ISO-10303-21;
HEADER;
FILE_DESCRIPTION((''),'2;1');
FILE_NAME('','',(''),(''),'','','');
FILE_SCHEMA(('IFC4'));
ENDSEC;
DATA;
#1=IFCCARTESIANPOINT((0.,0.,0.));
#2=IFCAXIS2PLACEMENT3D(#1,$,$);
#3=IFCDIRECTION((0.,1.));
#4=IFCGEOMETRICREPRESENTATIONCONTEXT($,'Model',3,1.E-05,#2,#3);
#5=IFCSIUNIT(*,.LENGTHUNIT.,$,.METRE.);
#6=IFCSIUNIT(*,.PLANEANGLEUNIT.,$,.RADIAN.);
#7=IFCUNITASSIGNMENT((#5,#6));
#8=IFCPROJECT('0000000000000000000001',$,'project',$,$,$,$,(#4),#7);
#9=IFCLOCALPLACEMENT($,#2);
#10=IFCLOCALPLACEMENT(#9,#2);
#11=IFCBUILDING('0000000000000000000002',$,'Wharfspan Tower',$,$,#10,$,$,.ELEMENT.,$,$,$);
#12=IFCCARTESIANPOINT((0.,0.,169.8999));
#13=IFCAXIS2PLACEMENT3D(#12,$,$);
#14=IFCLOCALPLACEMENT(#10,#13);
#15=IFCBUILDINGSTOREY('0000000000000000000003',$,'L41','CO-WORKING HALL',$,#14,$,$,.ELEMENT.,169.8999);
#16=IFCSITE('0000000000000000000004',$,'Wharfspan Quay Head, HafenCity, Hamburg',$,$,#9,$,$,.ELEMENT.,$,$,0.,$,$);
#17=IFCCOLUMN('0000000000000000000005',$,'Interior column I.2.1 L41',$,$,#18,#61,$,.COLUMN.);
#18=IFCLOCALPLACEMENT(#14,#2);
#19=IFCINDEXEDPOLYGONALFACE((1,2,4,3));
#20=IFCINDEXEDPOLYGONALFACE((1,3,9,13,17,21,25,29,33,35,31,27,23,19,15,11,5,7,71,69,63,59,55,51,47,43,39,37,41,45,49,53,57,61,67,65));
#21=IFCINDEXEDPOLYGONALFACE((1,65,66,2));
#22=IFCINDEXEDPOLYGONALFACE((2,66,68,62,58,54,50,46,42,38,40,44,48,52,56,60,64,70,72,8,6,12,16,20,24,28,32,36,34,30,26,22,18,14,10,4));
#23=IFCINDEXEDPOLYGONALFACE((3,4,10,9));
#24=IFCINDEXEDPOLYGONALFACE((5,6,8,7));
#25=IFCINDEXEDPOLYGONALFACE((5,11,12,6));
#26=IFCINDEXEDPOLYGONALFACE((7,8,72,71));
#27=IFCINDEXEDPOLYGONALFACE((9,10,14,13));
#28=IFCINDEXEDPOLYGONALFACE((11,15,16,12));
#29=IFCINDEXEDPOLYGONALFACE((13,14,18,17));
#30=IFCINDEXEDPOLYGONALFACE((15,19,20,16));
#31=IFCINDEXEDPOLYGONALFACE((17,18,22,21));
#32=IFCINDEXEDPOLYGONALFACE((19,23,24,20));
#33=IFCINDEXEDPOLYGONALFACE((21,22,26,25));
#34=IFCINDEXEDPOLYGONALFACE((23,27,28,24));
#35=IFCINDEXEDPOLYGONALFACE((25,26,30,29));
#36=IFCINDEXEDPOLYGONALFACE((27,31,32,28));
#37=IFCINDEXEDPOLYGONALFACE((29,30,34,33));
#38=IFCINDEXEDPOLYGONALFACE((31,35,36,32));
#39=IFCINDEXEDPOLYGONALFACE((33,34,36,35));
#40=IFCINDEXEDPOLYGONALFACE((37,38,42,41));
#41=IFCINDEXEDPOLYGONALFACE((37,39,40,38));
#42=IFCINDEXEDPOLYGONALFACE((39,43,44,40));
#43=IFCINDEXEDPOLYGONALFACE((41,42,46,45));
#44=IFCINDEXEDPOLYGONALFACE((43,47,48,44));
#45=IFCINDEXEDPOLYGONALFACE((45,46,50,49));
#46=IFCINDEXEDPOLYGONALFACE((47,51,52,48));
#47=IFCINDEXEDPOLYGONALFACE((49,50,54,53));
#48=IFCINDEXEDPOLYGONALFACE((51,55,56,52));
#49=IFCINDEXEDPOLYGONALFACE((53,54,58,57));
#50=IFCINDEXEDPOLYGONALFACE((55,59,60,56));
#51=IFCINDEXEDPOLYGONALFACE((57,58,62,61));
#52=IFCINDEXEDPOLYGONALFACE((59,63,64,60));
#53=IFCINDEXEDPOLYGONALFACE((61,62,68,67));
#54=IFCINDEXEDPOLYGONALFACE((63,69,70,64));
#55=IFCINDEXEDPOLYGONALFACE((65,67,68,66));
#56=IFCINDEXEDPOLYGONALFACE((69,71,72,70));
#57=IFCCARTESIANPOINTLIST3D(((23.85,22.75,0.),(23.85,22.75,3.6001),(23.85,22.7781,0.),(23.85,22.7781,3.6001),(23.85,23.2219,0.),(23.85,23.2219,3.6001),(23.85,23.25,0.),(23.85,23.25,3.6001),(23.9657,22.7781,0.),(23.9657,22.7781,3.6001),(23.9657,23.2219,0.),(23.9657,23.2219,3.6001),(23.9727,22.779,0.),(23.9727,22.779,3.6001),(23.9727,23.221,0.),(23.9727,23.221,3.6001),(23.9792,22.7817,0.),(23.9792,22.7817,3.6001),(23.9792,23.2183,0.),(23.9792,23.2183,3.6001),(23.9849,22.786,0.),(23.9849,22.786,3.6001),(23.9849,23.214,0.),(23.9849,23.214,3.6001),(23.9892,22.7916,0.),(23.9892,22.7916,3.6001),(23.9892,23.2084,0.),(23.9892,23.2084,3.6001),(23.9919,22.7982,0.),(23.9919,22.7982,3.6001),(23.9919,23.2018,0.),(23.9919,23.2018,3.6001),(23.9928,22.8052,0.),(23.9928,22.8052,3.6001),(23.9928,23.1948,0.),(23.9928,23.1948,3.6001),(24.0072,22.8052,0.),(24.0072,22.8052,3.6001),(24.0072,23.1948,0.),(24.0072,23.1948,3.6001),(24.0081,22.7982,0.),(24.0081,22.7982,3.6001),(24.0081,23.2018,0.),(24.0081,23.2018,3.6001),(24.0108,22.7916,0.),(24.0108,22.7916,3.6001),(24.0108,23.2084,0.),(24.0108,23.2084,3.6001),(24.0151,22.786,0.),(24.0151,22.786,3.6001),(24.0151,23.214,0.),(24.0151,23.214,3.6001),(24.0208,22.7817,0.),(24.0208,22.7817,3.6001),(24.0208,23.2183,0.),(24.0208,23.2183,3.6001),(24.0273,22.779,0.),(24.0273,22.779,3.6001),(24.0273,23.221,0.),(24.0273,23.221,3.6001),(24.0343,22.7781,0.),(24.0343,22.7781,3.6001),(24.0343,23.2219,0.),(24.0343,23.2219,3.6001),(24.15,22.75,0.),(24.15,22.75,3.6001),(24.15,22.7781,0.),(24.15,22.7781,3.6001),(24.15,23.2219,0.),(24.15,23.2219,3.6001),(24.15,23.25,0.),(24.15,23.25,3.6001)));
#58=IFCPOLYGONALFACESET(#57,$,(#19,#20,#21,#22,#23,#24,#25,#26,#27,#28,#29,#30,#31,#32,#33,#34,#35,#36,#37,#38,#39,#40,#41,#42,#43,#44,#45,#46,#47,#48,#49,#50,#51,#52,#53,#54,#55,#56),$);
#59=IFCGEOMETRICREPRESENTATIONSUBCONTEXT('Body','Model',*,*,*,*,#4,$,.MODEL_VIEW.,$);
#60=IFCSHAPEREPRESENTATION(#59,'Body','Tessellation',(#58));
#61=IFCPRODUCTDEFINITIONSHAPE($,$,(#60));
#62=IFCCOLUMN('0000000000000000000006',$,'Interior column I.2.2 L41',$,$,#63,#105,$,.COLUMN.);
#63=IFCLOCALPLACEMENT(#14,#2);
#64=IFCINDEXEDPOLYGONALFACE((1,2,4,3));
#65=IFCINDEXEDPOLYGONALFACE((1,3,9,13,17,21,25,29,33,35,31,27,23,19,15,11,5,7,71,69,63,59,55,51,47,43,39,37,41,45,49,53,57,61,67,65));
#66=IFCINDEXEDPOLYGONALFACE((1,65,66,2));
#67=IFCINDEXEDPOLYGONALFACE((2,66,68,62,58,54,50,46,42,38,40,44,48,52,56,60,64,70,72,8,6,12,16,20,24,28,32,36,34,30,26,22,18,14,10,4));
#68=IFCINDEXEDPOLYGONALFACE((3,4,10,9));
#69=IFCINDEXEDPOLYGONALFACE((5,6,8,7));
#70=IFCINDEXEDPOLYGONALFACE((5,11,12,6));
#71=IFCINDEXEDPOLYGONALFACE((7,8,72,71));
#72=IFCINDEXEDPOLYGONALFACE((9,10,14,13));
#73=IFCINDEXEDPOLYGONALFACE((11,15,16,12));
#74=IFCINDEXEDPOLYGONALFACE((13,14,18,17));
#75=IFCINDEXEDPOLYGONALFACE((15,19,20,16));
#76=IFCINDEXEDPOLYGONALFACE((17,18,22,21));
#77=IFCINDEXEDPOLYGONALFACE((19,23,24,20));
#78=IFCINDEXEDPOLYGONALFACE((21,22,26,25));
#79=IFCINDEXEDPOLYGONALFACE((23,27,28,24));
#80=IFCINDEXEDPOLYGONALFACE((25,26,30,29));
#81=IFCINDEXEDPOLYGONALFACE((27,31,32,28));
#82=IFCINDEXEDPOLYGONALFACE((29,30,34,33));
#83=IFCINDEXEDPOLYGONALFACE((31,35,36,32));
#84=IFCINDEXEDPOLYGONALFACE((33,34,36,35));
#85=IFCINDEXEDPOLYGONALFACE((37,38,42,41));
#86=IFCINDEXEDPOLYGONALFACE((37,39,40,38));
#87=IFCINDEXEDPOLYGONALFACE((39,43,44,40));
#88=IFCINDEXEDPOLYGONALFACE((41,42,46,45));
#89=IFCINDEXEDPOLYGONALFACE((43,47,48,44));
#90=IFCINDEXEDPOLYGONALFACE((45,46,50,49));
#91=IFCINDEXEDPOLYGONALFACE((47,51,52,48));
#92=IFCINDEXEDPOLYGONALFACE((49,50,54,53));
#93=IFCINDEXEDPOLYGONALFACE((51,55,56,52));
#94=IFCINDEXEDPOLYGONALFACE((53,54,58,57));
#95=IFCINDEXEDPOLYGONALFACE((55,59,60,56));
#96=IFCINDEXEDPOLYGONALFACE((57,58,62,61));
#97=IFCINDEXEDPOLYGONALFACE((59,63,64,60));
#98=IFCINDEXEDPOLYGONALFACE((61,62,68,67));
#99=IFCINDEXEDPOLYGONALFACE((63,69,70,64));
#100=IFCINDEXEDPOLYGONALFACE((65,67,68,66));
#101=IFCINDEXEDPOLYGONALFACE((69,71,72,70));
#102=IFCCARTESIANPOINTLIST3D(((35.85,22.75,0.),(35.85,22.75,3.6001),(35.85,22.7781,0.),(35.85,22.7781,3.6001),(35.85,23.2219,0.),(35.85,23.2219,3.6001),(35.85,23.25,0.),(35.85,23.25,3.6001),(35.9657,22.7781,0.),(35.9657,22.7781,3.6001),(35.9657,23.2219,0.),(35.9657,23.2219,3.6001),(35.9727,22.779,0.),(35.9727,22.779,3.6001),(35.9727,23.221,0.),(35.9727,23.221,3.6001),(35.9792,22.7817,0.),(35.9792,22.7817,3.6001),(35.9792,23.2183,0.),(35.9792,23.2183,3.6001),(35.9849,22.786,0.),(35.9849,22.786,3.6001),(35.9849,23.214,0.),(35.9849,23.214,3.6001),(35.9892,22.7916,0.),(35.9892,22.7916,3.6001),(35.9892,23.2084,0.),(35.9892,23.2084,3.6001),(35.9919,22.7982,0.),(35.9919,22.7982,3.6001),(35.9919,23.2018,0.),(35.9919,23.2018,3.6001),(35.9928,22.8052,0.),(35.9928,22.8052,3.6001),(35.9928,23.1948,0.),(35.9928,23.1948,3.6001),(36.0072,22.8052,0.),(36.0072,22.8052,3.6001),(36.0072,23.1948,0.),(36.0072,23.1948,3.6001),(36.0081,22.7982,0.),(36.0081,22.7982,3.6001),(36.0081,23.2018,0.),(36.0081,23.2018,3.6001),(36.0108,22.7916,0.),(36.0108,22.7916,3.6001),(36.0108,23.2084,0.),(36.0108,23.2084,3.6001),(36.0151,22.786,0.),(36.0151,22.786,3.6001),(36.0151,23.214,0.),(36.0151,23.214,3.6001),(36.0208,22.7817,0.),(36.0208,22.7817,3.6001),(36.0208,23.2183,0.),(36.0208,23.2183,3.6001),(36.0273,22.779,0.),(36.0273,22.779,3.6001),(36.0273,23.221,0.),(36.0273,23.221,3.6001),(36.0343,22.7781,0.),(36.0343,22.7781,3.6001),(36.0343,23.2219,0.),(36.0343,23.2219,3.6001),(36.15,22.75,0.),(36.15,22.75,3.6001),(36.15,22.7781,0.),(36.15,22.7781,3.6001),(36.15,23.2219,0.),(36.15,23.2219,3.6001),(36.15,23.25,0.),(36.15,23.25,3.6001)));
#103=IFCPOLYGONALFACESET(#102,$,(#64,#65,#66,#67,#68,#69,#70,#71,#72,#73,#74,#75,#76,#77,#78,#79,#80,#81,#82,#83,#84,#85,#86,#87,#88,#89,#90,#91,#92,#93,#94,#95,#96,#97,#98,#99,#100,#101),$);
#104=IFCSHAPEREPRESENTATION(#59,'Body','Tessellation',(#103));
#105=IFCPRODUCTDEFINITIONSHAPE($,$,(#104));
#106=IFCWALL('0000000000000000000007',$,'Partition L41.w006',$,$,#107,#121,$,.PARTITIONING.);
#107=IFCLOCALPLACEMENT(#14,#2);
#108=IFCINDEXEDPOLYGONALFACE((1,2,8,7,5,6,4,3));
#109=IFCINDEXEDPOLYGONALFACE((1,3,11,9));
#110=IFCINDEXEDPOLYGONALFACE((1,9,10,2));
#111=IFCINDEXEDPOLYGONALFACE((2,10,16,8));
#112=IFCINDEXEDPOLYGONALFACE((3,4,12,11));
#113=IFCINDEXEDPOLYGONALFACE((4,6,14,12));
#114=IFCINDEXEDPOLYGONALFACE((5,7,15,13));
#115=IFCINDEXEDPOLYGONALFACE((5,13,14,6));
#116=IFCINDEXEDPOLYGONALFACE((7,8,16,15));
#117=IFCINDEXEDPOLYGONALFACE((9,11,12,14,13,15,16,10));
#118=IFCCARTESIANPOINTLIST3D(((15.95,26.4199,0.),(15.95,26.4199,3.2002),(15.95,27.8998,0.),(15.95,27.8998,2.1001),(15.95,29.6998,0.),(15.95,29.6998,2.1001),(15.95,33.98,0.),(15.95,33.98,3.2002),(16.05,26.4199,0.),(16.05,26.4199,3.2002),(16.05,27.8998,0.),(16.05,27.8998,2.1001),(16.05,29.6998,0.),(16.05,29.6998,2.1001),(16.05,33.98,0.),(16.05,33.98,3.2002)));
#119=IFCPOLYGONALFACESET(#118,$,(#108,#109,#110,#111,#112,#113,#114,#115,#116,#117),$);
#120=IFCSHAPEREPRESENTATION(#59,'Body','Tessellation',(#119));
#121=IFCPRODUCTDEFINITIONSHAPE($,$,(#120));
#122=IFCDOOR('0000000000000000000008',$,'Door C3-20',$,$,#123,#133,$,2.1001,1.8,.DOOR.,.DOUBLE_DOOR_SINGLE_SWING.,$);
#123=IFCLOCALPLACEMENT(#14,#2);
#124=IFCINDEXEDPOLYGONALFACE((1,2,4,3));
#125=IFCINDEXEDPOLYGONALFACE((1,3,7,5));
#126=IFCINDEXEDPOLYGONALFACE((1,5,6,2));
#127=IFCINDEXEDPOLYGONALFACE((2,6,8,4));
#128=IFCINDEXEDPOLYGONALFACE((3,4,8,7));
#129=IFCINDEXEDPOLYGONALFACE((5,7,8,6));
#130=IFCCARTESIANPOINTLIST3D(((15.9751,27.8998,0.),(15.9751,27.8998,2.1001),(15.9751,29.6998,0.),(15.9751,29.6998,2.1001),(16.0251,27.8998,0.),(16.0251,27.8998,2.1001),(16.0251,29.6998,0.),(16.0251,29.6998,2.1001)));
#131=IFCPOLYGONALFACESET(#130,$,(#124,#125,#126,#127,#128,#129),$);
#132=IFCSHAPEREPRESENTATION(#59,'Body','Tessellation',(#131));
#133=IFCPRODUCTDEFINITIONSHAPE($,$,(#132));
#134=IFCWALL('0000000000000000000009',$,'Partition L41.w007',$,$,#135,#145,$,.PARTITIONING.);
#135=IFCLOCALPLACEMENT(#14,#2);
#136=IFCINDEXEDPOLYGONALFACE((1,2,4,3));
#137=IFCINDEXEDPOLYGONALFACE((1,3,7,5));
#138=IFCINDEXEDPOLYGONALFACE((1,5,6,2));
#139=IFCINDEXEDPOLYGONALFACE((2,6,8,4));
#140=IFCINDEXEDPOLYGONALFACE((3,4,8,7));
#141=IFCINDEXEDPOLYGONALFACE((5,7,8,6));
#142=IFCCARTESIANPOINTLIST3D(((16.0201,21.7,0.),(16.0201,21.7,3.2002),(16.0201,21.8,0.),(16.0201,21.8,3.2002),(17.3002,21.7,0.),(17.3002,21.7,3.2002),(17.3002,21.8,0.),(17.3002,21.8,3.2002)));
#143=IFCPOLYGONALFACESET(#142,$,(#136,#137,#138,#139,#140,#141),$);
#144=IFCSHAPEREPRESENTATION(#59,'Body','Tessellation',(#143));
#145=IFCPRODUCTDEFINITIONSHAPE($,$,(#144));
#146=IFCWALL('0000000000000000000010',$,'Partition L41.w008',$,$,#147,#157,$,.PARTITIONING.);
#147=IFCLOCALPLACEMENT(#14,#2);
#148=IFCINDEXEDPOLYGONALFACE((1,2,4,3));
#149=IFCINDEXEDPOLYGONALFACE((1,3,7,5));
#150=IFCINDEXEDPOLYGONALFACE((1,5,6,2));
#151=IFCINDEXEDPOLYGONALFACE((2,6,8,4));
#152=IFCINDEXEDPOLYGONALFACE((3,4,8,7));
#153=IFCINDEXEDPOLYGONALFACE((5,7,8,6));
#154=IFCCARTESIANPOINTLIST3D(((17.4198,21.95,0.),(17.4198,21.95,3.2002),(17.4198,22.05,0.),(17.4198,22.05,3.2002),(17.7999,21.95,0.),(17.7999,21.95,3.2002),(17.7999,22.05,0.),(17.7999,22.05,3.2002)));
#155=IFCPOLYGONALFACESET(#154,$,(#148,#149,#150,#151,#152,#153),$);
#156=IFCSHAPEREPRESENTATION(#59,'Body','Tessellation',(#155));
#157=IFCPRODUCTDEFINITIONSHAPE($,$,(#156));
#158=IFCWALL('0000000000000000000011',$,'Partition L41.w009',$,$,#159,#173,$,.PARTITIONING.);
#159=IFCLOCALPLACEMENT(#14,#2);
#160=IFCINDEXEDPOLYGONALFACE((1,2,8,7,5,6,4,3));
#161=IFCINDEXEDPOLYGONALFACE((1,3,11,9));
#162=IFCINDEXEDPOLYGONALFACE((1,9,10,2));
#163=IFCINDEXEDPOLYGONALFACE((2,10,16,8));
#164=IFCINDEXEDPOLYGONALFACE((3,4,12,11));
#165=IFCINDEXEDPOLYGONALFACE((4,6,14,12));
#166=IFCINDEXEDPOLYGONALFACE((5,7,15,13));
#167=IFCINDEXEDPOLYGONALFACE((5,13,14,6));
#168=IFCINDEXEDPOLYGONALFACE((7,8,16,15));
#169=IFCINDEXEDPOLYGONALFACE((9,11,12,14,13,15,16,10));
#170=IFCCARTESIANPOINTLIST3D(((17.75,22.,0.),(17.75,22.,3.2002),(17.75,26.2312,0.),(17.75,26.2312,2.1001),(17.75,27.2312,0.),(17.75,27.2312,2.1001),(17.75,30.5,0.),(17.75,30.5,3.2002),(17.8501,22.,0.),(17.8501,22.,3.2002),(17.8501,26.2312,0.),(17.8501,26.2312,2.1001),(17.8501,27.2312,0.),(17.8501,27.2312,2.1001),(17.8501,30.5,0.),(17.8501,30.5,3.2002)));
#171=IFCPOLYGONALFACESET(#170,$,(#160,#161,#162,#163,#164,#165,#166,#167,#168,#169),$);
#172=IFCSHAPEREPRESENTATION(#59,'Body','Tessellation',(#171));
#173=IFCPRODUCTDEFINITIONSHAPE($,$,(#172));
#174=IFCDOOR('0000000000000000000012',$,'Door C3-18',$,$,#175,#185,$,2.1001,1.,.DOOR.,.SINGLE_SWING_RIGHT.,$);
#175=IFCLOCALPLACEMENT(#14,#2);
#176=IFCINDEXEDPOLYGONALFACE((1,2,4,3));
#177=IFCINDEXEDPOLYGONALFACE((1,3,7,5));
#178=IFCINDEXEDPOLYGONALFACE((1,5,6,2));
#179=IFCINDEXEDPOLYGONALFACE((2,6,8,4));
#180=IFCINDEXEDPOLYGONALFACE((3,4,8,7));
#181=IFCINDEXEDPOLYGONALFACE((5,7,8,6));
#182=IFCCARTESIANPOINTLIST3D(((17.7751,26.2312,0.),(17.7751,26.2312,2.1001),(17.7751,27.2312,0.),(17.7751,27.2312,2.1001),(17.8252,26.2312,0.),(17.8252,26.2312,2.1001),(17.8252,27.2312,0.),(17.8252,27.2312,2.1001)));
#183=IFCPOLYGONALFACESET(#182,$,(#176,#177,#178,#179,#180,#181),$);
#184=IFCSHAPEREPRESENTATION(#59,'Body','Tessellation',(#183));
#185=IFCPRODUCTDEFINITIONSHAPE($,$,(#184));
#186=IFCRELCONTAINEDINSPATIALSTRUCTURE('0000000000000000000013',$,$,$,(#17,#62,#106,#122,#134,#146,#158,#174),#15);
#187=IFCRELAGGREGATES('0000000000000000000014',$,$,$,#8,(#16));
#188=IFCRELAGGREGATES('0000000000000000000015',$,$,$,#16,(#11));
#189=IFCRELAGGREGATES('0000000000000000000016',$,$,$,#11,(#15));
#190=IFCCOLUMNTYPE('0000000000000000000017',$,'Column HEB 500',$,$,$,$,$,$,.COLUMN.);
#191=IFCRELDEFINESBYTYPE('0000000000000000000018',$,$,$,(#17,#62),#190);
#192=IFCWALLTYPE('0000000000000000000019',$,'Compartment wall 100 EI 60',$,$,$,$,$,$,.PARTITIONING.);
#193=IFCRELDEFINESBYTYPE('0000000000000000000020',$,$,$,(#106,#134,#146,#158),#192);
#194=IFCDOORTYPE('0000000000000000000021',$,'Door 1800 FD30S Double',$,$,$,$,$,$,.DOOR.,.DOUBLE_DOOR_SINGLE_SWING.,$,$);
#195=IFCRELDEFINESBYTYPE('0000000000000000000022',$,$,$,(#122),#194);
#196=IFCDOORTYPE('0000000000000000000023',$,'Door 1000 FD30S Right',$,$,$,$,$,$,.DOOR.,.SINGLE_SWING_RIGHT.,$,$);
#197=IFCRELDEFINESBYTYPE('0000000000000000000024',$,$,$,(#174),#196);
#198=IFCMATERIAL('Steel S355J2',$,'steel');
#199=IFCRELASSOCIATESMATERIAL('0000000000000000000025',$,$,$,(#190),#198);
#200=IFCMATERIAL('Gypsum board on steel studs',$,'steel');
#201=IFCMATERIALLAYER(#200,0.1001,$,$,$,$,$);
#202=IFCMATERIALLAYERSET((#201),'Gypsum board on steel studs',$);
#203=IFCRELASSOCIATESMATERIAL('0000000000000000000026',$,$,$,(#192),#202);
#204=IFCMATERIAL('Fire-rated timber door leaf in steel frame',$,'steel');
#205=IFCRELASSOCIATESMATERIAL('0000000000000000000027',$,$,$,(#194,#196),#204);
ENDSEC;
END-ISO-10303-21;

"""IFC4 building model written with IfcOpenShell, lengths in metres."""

from ifc_helpers import new_model, si_unit, direction, frame, frame_2d, origin, origin_2d, place, context, subcontext, project, spatial, rectangle, i_section, extrude, material, layer, layer_set, material_profile, profile_set, type_object, element, fill, save


model = new_model("IFC4")

# Units and contexts
model_context = context("Model", 3, precision=1e-05, world=origin(), true_north=direction((0.0, 1.0)))
body_context = subcontext(model_context, "Body", "Model", "MODEL_VIEW")
ifc_project = project(units=[si_unit("LENGTHUNIT", "METRE"), si_unit("PLANEANGLEUNIT", "RADIAN")], contexts=[model_context])

# Site, building, storey
site_placement = place(None, origin())
site = spatial("IfcSite", under=ifc_project, at=site_placement, Name="Wharfspan Quay Head, HafenCity, Hamburg", CompositionType="ELEMENT", RefElevation=0.0)
building_placement = place(site_placement, origin())
building = spatial("IfcBuilding", under=site, at=building_placement, Name="Wharfspan Tower", CompositionType="ELEMENT")
storey_placement = place(building_placement, frame((0.0, 0.0, 169.8999)))
storey = spatial("IfcBuildingStorey", under=building, at=storey_placement, Name="L41", Description="CO-WORKING HALL", CompositionType="ELEMENT", Elevation=169.8999)

# Columns
ifc_material_1 = material(Name="Steel S355J2", Category="steel")
ifc_material_profile = material_profile(ifc_material_1, i_section(OverallWidth=0.3, OverallDepth=0.5, WebThickness=0.0144, FlangeThickness=0.0281, FilletRadius=0.0271, at=origin_2d()))
ifc_profile_set = profile_set([ifc_material_profile], Name="Steel S355J2")
column_type = type_object("IfcColumnType", Name="Column HEB 500", PredefinedType="COLUMN", material=ifc_profile_set)
for number, where, z_axis, x_axis, name in (
    (1, (24.0, 23.0, 0.0), (0.0, 0.0, 1.0), (1.0, 0.0, 0.0), "Interior column I.2.1 L41"),
    (2, (36.0, 23.0, 0.0), (0.0, 0.0, 1.0), (1.0, 0.0, 0.0), "Interior column I.2.2 L41"),
):
    element("IfcColumn", number, at=place(storey_placement, frame(where, z_axis=z_axis, x_axis=x_axis)), inside=storey, type_object=column_type, Name=name, PredefinedType="COLUMN", context=body_context, shape_type="SweptSolid", body=[
        extrude(i_section(OverallWidth=0.3, OverallDepth=0.5, WebThickness=0.0144, FlangeThickness=0.0281, FilletRadius=0.0271, at=origin_2d()), origin(), (0.0, 0.0, 1.0), 3.6001),
    ])

# Wall, opening, door
ifc_material_2 = material(Name="Gypsum board on steel studs", Category="steel")
ifc_layer_1 = layer(ifc_material_2, 0.1001)
ifc_layer_set_1 = layer_set([ifc_layer_1], Name="Gypsum board on steel studs")
wall_type_1 = type_object("IfcWallType", Name="Compartment wall 100 EI 60", PredefinedType="PARTITIONING", material=ifc_layer_set_1)
wall_1_placement = place(storey_placement, frame((16.0, 26.4199, 0.0), z_axis=(0.0, 0.0, 1.0), x_axis=(0.0, 1.0, 0.0)))
wall_1 = element("IfcWall", 3, at=wall_1_placement, inside=storey, type_object=wall_type_1, Name="Partition L41.w006", PredefinedType="PARTITIONING", context=body_context, shape_type="SweptSolid", body=[
    extrude(rectangle(XDim=7.5601, YDim=0.1001, at=frame_2d((3.78, 0.0))), origin(), (0.0, 0.0, 1.0), 3.2002),
])
opening_1_placement = place(wall_1_placement, frame((1.48, 0.0, 0.0)))
opening_1 = element("IfcOpeningElement", 4, at=opening_1_placement, cuts=wall_1, PredefinedType="OPENING", context=body_context, shape_type="SweptSolid", body=[
    extrude(rectangle(XDim=1.8, YDim=2.1001, at=frame_2d((0.8999, 1.05))), frame((0.0, 0.0601, 0.0), z_axis=(0.0, -1.0, 0.0), x_axis=(1.0, 0.0, 0.0)), (0.0, 0.0, 1.0), 0.1201),
])
ifc_material_3 = material(Name="Fire-rated timber door leaf in steel frame", Category="steel")
door_type_1 = type_object("IfcDoorType", Name="Door 1800 FD30S Double", OperationType="DOUBLE_DOOR_SINGLE_SWING", PredefinedType="DOOR", material=ifc_material_3)
door_1_placement = place(opening_1_placement, origin())
door_1 = element("IfcDoor", 5, at=door_1_placement, inside=storey, type_object=door_type_1, Name="Door C3-20", OperationType="DOUBLE_DOOR_SINGLE_SWING", OverallHeight=2.1001, OverallWidth=1.8, PredefinedType="DOOR", context=body_context, shape_type="SweptSolid", body=[
    extrude(rectangle(XDim=1.8, YDim=2.1001, at=frame_2d((0.8999, 1.05))), frame((0.0, 0.0249, 0.0), z_axis=(0.0, -1.0, 0.0), x_axis=(1.0, 0.0, 0.0)), (0.0, 0.0, 1.0), 0.05),
])
fill(opening_1, door_1)

# Walls
wall_2_placement = place(storey_placement, frame((16.02, 21.75, 0.0), z_axis=(0.0, 0.0, 1.0), x_axis=(1.0, 0.0, 0.0)))
element("IfcWall", 6, at=wall_2_placement, inside=storey, type_object=wall_type_1, Name="Partition L41.w007", PredefinedType="PARTITIONING", context=body_context, shape_type="SweptSolid", body=[
    extrude(rectangle(XDim=1.28, YDim=0.1001, at=frame_2d((0.6401, 0.0))), origin(), (0.0, 0.0, 1.0), 3.2002),
])
wall_3_placement = place(storey_placement, frame((17.4199, 22.0, 0.0), z_axis=(0.0, 0.0, 1.0), x_axis=(1.0, 0.0, 0.0)))
element("IfcWall", 7, at=wall_3_placement, inside=storey, type_object=wall_type_1, Name="Partition L41.w008", PredefinedType="PARTITIONING", context=body_context, shape_type="SweptSolid", body=[
    extrude(rectangle(XDim=0.3801, YDim=0.1001, at=frame_2d((0.1899, 0.0))), origin(), (0.0, 0.0, 1.0), 3.2002),
])

# Wall, opening, door
wall_4_placement = place(storey_placement, frame((17.8, 22.0, 0.0), z_axis=(0.0, 0.0, 1.0), x_axis=(0.0, 1.0, 0.0)))
wall_4 = element("IfcWall", 8, at=wall_4_placement, inside=storey, type_object=wall_type_1, Name="Partition L41.w009", PredefinedType="PARTITIONING", context=body_context, shape_type="SweptSolid", body=[
    extrude(rectangle(XDim=8.5, YDim=0.1001, at=frame_2d((4.25, 0.0))), origin(), (0.0, 0.0, 1.0), 3.2002),
])
opening_2_placement = place(wall_4_placement, frame((4.2312, 0.0, 0.0)))
opening_2 = element("IfcOpeningElement", 9, at=opening_2_placement, cuts=wall_4, PredefinedType="OPENING", context=body_context, shape_type="SweptSolid", body=[
    extrude(rectangle(XDim=1.0, YDim=2.1001, at=frame_2d((0.5, 1.05))), frame((0.0, 0.0601, 0.0), z_axis=(0.0, -1.0, 0.0), x_axis=(1.0, 0.0, 0.0)), (0.0, 0.0, 1.0), 0.1201),
])
door_type_2 = type_object("IfcDoorType", Name="Door 1000 FD30S Right", OperationType="SINGLE_SWING_RIGHT", PredefinedType="DOOR", material=ifc_material_3)
door_2_placement = place(opening_2_placement, origin())
door_2 = element("IfcDoor", 10, at=door_2_placement, inside=storey, type_object=door_type_2, Name="Door C3-18", OperationType="SINGLE_SWING_RIGHT", OverallHeight=2.1001, OverallWidth=1.0, PredefinedType="DOOR", context=body_context, shape_type="SweptSolid", body=[
    extrude(rectangle(XDim=1.0, YDim=2.1001, at=frame_2d((0.5, 1.05))), frame((0.0, 0.0249, 0.0), z_axis=(0.0, -1.0, 0.0), x_axis=(1.0, 0.0, 0.0)), (0.0, 0.0, 1.0), 0.05),
])
fill(opening_2, door_2)

save(model, "model.ifc")
